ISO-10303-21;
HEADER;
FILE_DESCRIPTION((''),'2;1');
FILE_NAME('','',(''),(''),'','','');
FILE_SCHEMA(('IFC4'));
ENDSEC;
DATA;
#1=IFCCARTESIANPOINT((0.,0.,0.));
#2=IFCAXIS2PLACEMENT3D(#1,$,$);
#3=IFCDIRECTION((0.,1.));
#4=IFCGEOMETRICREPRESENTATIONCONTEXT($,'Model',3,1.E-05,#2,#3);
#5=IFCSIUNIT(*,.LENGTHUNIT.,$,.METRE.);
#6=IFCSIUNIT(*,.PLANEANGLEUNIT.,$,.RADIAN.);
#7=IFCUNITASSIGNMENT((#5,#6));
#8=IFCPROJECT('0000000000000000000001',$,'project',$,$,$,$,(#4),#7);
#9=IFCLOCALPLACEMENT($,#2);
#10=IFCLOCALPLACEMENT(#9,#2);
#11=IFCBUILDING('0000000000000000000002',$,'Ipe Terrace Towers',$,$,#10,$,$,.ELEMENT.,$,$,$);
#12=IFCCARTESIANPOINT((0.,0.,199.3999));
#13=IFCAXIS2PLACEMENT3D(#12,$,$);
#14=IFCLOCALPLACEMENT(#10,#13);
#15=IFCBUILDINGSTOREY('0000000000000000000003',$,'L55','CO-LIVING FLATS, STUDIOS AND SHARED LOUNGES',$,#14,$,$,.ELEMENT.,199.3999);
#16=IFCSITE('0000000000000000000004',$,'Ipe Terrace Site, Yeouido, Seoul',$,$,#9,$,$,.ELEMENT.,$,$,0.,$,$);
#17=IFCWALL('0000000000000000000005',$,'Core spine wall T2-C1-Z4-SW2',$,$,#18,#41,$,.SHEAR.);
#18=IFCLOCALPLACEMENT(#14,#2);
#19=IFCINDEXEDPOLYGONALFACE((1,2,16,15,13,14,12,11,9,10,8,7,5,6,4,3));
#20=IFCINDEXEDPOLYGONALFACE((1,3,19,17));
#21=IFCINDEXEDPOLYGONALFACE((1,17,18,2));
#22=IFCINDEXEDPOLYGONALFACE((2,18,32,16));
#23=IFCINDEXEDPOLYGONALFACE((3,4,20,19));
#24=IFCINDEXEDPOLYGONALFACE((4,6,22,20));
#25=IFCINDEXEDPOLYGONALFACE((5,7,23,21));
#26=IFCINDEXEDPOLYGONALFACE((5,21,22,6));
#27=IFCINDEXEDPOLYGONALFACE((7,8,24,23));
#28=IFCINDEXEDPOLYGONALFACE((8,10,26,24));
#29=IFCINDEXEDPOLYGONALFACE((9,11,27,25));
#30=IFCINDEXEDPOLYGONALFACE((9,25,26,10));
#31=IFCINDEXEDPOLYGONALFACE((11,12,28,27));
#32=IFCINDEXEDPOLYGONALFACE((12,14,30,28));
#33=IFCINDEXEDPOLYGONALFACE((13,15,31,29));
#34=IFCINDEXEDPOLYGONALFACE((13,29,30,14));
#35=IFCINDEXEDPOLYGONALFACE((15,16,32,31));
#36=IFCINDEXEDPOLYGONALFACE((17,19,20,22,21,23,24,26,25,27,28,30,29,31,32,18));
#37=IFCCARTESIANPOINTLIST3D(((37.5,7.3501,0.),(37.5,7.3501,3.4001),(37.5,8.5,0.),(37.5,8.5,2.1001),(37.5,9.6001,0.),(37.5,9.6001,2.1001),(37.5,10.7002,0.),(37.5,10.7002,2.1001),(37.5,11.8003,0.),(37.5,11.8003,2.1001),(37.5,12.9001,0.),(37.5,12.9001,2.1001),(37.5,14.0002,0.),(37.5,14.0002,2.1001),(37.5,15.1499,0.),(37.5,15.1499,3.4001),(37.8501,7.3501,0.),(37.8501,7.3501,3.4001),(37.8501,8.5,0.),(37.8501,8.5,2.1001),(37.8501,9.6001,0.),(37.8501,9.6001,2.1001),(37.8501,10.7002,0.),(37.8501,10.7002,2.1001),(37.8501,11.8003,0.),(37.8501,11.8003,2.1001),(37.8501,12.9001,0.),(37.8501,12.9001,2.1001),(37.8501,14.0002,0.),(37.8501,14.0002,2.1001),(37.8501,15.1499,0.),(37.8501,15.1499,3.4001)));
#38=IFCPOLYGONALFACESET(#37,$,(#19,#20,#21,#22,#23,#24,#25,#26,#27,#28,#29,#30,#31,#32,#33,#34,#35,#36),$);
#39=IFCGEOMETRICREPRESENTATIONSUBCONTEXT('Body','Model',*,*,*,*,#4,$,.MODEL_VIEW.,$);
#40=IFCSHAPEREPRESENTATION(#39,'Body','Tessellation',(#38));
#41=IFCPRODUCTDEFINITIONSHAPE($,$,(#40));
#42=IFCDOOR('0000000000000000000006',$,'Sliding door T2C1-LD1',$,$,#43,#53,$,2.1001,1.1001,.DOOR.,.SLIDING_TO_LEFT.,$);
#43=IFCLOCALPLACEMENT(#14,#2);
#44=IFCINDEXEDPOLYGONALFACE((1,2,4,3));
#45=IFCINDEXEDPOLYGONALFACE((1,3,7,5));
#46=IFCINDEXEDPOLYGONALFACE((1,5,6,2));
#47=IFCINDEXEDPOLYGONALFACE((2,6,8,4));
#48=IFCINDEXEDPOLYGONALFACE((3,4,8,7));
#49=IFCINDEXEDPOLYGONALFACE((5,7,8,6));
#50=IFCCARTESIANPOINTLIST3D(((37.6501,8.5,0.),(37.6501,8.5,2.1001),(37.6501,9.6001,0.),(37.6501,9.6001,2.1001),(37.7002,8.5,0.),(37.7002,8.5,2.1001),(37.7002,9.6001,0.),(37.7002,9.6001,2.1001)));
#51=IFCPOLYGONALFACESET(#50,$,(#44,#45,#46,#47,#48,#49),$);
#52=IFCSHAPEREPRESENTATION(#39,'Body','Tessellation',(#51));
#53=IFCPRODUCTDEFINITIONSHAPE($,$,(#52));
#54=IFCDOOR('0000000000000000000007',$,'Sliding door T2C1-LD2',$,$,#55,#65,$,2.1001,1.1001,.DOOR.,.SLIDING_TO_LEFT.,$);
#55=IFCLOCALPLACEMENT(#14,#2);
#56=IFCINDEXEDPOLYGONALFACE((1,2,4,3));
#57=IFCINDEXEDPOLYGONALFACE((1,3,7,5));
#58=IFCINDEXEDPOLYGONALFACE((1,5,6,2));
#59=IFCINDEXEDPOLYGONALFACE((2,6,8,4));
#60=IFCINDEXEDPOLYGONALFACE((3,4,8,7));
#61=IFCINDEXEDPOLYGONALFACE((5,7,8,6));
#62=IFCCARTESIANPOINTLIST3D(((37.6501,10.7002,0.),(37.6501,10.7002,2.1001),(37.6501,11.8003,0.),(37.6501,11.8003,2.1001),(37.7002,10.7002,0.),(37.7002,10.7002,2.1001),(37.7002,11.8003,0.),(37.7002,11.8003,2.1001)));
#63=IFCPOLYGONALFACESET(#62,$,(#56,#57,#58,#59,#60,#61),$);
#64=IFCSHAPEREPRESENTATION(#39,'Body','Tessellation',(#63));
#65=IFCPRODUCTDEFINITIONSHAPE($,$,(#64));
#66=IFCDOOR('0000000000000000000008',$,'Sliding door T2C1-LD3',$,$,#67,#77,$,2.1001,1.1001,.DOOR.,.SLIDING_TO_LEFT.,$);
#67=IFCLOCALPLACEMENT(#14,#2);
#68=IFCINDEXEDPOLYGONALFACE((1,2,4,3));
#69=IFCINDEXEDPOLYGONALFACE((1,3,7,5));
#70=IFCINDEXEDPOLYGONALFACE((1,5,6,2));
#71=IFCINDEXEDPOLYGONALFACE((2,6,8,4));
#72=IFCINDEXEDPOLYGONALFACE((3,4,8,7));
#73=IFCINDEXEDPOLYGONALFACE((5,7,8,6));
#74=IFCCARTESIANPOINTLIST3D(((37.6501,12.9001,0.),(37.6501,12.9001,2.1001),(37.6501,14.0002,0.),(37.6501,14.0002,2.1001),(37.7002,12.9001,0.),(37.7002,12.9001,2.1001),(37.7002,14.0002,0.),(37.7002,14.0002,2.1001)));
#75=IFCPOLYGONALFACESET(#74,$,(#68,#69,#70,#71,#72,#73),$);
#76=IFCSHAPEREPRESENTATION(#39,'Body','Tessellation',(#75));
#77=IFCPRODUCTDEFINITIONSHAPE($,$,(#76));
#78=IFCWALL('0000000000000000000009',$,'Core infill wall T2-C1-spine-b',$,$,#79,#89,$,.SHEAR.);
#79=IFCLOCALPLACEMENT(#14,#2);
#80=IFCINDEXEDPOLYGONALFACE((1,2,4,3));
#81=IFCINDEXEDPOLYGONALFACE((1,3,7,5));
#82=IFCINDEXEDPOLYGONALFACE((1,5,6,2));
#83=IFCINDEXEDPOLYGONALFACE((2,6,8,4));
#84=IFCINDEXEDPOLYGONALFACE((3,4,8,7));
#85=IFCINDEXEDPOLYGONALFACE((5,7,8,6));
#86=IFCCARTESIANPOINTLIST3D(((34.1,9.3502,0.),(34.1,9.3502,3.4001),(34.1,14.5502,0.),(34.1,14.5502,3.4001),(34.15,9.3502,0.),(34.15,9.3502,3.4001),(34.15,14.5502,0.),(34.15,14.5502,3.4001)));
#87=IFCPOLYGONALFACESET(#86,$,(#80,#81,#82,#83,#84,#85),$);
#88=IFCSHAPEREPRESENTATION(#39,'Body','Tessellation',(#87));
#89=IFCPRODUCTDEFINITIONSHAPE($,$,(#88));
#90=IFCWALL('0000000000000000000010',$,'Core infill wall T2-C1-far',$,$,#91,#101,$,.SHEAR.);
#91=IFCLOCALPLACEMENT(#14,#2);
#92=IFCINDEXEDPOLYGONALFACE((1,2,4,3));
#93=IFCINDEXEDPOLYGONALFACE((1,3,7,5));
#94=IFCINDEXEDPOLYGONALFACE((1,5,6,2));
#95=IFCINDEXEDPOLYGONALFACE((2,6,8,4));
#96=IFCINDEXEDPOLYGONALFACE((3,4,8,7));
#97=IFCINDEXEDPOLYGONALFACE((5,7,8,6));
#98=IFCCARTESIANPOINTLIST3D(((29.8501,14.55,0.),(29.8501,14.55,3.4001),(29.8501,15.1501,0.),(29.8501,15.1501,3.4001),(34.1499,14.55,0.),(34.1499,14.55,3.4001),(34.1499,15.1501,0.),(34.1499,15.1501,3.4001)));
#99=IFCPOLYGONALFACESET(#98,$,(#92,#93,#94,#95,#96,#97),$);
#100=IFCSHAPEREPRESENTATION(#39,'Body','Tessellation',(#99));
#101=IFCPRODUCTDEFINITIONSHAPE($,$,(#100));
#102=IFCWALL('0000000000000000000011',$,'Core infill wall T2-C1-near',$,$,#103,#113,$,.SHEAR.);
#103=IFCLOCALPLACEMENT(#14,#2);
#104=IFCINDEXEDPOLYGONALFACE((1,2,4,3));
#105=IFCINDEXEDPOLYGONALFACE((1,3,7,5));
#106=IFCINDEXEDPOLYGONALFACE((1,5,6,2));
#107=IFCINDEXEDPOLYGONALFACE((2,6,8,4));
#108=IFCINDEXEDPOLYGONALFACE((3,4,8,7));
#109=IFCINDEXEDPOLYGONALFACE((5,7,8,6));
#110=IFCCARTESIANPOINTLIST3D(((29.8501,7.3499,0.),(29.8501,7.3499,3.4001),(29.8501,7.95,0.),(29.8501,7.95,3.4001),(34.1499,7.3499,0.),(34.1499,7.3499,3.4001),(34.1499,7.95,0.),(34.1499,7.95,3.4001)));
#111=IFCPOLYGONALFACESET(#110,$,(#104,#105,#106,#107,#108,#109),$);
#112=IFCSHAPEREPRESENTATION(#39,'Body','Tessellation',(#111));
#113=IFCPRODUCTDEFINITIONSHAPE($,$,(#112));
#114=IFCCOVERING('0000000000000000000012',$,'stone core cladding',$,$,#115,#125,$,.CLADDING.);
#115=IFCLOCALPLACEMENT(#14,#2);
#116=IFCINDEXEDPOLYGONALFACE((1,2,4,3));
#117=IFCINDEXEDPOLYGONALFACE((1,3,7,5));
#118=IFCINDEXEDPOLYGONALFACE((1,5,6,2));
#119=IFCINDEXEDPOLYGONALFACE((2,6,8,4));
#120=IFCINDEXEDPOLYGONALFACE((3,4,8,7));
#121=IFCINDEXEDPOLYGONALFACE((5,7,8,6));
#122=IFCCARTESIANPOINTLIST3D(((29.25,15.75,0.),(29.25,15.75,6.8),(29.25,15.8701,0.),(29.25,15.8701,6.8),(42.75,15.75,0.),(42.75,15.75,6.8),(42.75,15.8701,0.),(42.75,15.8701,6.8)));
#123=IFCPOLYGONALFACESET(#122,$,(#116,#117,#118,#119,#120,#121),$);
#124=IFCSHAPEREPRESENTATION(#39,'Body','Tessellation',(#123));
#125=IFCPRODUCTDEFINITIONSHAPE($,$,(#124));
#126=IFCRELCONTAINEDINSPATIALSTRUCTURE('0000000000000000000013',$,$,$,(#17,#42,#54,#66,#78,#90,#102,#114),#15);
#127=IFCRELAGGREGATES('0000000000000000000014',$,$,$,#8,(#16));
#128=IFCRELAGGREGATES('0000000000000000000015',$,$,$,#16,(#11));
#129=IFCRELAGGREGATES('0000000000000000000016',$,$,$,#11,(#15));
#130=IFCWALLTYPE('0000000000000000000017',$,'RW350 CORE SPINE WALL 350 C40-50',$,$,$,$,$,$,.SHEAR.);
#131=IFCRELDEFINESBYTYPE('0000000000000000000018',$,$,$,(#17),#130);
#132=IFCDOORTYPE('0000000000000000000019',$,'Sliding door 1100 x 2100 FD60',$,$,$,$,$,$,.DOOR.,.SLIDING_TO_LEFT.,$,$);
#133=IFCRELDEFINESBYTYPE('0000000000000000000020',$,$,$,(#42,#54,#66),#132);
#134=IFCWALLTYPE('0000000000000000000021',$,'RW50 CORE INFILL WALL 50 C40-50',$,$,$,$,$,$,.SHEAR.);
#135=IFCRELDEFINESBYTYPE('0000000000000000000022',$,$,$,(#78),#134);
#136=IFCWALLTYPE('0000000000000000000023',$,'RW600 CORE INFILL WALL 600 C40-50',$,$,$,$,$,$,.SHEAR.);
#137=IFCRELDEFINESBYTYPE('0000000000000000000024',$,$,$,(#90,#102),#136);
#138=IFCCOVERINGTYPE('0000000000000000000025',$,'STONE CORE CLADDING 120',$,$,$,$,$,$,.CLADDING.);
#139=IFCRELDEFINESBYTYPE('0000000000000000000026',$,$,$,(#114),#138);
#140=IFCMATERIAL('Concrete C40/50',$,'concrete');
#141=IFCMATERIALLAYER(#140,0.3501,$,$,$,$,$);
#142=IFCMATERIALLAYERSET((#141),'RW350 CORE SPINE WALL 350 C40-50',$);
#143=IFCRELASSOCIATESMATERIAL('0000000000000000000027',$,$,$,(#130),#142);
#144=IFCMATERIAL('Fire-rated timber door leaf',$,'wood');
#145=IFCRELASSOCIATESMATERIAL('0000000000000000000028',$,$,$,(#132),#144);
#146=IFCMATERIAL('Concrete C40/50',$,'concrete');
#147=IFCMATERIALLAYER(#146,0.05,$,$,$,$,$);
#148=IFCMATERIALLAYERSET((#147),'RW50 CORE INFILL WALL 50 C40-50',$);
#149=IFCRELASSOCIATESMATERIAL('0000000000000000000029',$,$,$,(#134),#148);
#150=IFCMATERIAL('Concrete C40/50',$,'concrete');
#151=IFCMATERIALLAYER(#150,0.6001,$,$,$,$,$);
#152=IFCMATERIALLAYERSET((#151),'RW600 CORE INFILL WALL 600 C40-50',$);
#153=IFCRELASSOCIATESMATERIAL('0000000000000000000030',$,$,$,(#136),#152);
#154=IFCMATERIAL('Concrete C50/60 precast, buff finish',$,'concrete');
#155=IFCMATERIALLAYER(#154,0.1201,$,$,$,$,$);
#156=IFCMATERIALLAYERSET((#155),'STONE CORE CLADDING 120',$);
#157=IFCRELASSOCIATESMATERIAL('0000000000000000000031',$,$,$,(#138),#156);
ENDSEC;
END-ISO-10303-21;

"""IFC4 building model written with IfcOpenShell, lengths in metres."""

from ifc_helpers import new_model, si_unit, direction, frame, frame_2d, origin, origin_2d, place, context, subcontext, project, spatial, rectangle, extrude, material, layer, layer_set, type_object, element, fill, save


model = new_model("IFC4")

# Units and contexts
model_context = context("Model", 3, precision=1e-05, world=origin(), true_north=direction((0.0, 1.0)))
body_context = subcontext(model_context, "Body", "Model", "MODEL_VIEW")
ifc_project = project(units=[si_unit("LENGTHUNIT", "METRE"), si_unit("PLANEANGLEUNIT", "RADIAN")], contexts=[model_context])

# Site, building, storey
site_placement = place(None, origin())
site = spatial("IfcSite", under=ifc_project, at=site_placement, Name="Ipe Terrace Site, Yeouido, Seoul", CompositionType="ELEMENT", RefElevation=0.0)
building_placement = place(site_placement, origin())
building = spatial("IfcBuilding", under=site, at=building_placement, Name="Ipe Terrace Towers", CompositionType="ELEMENT")
storey_placement = place(building_placement, frame((0.0, 0.0, 199.3999)))
storey = spatial("IfcBuildingStorey", under=building, at=storey_placement, Name="L55", Description="CO-LIVING FLATS, STUDIOS AND SHARED LOUNGES", CompositionType="ELEMENT", Elevation=199.3999)

# Shared definitions
ifc_material_1 = material(Name="Concrete C40/50", Category="concrete")
ifc_layer_1 = layer(ifc_material_1, 0.3501)
ifc_layer_set_1 = layer_set([ifc_layer_1], Name="RW350 CORE SPINE WALL 350 C40-50")
wall_type_1 = type_object("IfcWallType", Name="RW350 CORE SPINE WALL 350 C40-50", PredefinedType="SHEAR", material=ifc_layer_set_1)

# Wall, openings, doors
wall_1_placement = place(storey_placement, frame((37.675, 7.3501, 0.0), z_axis=(0.0, 0.0, 1.0), x_axis=(0.0, 1.0, 0.0)))
wall_1 = element("IfcWall", 1, at=wall_1_placement, inside=storey, type_object=wall_type_1, Name="Core spine wall T2-C1-Z4-SW2", PredefinedType="SHEAR", context=body_context, shape_type="SweptSolid", body=[
    extrude(rectangle(XDim=7.7998, YDim=0.3501, at=frame_2d((3.8999, 0.0))), origin(), (0.0, 0.0, 1.0), 3.4001),
])
opening_1_placement = place(wall_1_placement, frame((1.1499, 0.0, 0.0)))
opening_1 = element("IfcOpeningElement", 2, at=opening_1_placement, cuts=wall_1, PredefinedType="OPENING", context=body_context, shape_type="SweptSolid", body=[
    extrude(rectangle(XDim=1.1001, YDim=2.1001, at=frame_2d((0.55, 1.05))), frame((0.0, 0.1851, 0.0), z_axis=(0.0, -1.0, 0.0), x_axis=(1.0, 0.0, 0.0)), (0.0, 0.0, 1.0), 0.3701),
])
opening_2_placement = place(wall_1_placement, frame((3.3501, 0.0, 0.0)))
opening_2 = element("IfcOpeningElement", 3, at=opening_2_placement, cuts=wall_1, PredefinedType="OPENING", context=body_context, shape_type="SweptSolid", body=[
    extrude(rectangle(XDim=1.1001, YDim=2.1001, at=frame_2d((0.55, 1.05))), frame((0.0, 0.1851, 0.0), z_axis=(0.0, -1.0, 0.0), x_axis=(1.0, 0.0, 0.0)), (0.0, 0.0, 1.0), 0.3701),
])
opening_3_placement = place(wall_1_placement, frame((5.55, 0.0, 0.0)))
opening_3 = element("IfcOpeningElement", 4, at=opening_3_placement, cuts=wall_1, PredefinedType="OPENING", context=body_context, shape_type="SweptSolid", body=[
    extrude(rectangle(XDim=1.1001, YDim=2.1001, at=frame_2d((0.55, 1.05))), frame((0.0, 0.1851, 0.0), z_axis=(0.0, -1.0, 0.0), x_axis=(1.0, 0.0, 0.0)), (0.0, 0.0, 1.0), 0.3701),
])
ifc_material_2 = material(Name="Fire-rated timber door leaf", Category="wood")
door_type_1 = type_object("IfcDoorType", Name="Sliding door 1100 x 2100 FD60", OperationType="SLIDING_TO_LEFT", PredefinedType="DOOR", material=ifc_material_2)
door_1_placement = place(opening_1_placement, origin())
door_1 = element("IfcDoor", 5, at=door_1_placement, inside=storey, type_object=door_type_1, Name="Sliding door T2C1-LD1", OperationType="SLIDING_TO_LEFT", OverallHeight=2.1001, OverallWidth=1.1001, PredefinedType="DOOR", context=body_context, shape_type="SweptSolid", body=[
    extrude(rectangle(XDim=1.1001, YDim=2.1001, at=frame_2d((0.55, 1.05))), frame((0.0, 0.0249, 0.0), z_axis=(0.0, -1.0, 0.0), x_axis=(1.0, 0.0, 0.0)), (0.0, 0.0, 1.0), 0.05),
])
fill(opening_1, door_1)
door_2_placement = place(opening_2_placement, origin())
door_2 = element("IfcDoor", 6, at=door_2_placement, inside=storey, type_object=door_type_1, Name="Sliding door T2C1-LD2", OperationType="SLIDING_TO_LEFT", OverallHeight=2.1001, OverallWidth=1.1001, PredefinedType="DOOR", context=body_context, shape_type="SweptSolid", body=[
    extrude(rectangle(XDim=1.1001, YDim=2.1001, at=frame_2d((0.55, 1.05))), frame((0.0, 0.0249, 0.0), z_axis=(0.0, -1.0, 0.0), x_axis=(1.0, 0.0, 0.0)), (0.0, 0.0, 1.0), 0.05),
])
fill(opening_2, door_2)
door_3_placement = place(opening_3_placement, origin())
door_3 = element("IfcDoor", 7, at=door_3_placement, inside=storey, type_object=door_type_1, Name="Sliding door T2C1-LD3", OperationType="SLIDING_TO_LEFT", OverallHeight=2.1001, OverallWidth=1.1001, PredefinedType="DOOR", context=body_context, shape_type="SweptSolid", body=[
    extrude(rectangle(XDim=1.1001, YDim=2.1001, at=frame_2d((0.55, 1.05))), frame((0.0, 0.0249, 0.0), z_axis=(0.0, -1.0, 0.0), x_axis=(1.0, 0.0, 0.0)), (0.0, 0.0, 1.0), 0.05),
])
fill(opening_3, door_3)

# Walls
ifc_material_3 = material(Name="Concrete C40/50", Category="concrete")
ifc_layer_2 = layer(ifc_material_3, 0.05)
ifc_layer_set_2 = layer_set([ifc_layer_2], Name="RW50 CORE INFILL WALL 50 C40-50")
wall_type_2 = type_object("IfcWallType", Name="RW50 CORE INFILL WALL 50 C40-50", PredefinedType="SHEAR", material=ifc_layer_set_2)
wall_2_placement = place(storey_placement, frame((34.125, 9.3501, 0.0), z_axis=(0.0, 0.0, 1.0), x_axis=(0.0, 1.0, 0.0)))
element("IfcWall", 8, at=wall_2_placement, inside=storey, type_object=wall_type_2, Name="Core infill wall T2-C1-spine-b", PredefinedType="SHEAR", context=body_context, shape_type="SweptSolid", body=[
    extrude(rectangle(XDim=5.2, YDim=0.05, at=frame_2d((2.6001, 0.0))), origin(), (0.0, 0.0, 1.0), 3.4001),
])
ifc_material_4 = material(Name="Concrete C40/50", Category="concrete")
ifc_layer_3 = layer(ifc_material_4, 0.6001)
ifc_layer_set_3 = layer_set([ifc_layer_3], Name="RW600 CORE INFILL WALL 600 C40-50")
wall_type_3 = type_object("IfcWallType", Name="RW600 CORE INFILL WALL 600 C40-50", PredefinedType="SHEAR", material=ifc_layer_set_3)
for number, where, z_axis, x_axis, name in (
    (9, (34.1499, 14.8501, 0.0), (0.0, 0.0, 1.0), (-1.0, 0.0, 0.0), "Core infill wall T2-C1-far"),
    (10, (34.1499, 7.6499, 0.0), (0.0, 0.0, 1.0), (-1.0, 0.0, 0.0), "Core infill wall T2-C1-near"),
):
    element("IfcWall", number, at=place(storey_placement, frame(where, z_axis=z_axis, x_axis=x_axis)), inside=storey, type_object=wall_type_3, Name=name, PredefinedType="SHEAR", context=body_context, shape_type="SweptSolid", body=[
        extrude(rectangle(XDim=4.2998, YDim=0.6001, at=frame_2d((2.1499, 0.0))), origin(), (0.0, 0.0, 1.0), 3.4001),
    ])

# Covering
ifc_material_5 = material(Name="Concrete C50/60 precast, buff finish", Category="concrete")
ifc_layer_4 = layer(ifc_material_5, 0.1201)
ifc_layer_set_4 = layer_set([ifc_layer_4], Name="STONE CORE CLADDING 120")
covering_type = type_object("IfcCoveringType", Name="STONE CORE CLADDING 120", PredefinedType="CLADDING", material=ifc_layer_set_4)
covering_placement = place(storey_placement, frame((36.0, 15.8101, 0.0), z_axis=(0.0, 0.0, 1.0), x_axis=(-1.0, 0.0, 0.0)))
element("IfcCovering", 11, at=covering_placement, inside=storey, type_object=covering_type, Name="stone core cladding", PredefinedType="CLADDING", context=body_context, shape_type="SweptSolid", body=[
    extrude(rectangle(XDim=13.5, YDim=0.1201, at=origin_2d()), origin(), (0.0, 0.0, 1.0), 6.8),
])

save(model, "model.ifc")
